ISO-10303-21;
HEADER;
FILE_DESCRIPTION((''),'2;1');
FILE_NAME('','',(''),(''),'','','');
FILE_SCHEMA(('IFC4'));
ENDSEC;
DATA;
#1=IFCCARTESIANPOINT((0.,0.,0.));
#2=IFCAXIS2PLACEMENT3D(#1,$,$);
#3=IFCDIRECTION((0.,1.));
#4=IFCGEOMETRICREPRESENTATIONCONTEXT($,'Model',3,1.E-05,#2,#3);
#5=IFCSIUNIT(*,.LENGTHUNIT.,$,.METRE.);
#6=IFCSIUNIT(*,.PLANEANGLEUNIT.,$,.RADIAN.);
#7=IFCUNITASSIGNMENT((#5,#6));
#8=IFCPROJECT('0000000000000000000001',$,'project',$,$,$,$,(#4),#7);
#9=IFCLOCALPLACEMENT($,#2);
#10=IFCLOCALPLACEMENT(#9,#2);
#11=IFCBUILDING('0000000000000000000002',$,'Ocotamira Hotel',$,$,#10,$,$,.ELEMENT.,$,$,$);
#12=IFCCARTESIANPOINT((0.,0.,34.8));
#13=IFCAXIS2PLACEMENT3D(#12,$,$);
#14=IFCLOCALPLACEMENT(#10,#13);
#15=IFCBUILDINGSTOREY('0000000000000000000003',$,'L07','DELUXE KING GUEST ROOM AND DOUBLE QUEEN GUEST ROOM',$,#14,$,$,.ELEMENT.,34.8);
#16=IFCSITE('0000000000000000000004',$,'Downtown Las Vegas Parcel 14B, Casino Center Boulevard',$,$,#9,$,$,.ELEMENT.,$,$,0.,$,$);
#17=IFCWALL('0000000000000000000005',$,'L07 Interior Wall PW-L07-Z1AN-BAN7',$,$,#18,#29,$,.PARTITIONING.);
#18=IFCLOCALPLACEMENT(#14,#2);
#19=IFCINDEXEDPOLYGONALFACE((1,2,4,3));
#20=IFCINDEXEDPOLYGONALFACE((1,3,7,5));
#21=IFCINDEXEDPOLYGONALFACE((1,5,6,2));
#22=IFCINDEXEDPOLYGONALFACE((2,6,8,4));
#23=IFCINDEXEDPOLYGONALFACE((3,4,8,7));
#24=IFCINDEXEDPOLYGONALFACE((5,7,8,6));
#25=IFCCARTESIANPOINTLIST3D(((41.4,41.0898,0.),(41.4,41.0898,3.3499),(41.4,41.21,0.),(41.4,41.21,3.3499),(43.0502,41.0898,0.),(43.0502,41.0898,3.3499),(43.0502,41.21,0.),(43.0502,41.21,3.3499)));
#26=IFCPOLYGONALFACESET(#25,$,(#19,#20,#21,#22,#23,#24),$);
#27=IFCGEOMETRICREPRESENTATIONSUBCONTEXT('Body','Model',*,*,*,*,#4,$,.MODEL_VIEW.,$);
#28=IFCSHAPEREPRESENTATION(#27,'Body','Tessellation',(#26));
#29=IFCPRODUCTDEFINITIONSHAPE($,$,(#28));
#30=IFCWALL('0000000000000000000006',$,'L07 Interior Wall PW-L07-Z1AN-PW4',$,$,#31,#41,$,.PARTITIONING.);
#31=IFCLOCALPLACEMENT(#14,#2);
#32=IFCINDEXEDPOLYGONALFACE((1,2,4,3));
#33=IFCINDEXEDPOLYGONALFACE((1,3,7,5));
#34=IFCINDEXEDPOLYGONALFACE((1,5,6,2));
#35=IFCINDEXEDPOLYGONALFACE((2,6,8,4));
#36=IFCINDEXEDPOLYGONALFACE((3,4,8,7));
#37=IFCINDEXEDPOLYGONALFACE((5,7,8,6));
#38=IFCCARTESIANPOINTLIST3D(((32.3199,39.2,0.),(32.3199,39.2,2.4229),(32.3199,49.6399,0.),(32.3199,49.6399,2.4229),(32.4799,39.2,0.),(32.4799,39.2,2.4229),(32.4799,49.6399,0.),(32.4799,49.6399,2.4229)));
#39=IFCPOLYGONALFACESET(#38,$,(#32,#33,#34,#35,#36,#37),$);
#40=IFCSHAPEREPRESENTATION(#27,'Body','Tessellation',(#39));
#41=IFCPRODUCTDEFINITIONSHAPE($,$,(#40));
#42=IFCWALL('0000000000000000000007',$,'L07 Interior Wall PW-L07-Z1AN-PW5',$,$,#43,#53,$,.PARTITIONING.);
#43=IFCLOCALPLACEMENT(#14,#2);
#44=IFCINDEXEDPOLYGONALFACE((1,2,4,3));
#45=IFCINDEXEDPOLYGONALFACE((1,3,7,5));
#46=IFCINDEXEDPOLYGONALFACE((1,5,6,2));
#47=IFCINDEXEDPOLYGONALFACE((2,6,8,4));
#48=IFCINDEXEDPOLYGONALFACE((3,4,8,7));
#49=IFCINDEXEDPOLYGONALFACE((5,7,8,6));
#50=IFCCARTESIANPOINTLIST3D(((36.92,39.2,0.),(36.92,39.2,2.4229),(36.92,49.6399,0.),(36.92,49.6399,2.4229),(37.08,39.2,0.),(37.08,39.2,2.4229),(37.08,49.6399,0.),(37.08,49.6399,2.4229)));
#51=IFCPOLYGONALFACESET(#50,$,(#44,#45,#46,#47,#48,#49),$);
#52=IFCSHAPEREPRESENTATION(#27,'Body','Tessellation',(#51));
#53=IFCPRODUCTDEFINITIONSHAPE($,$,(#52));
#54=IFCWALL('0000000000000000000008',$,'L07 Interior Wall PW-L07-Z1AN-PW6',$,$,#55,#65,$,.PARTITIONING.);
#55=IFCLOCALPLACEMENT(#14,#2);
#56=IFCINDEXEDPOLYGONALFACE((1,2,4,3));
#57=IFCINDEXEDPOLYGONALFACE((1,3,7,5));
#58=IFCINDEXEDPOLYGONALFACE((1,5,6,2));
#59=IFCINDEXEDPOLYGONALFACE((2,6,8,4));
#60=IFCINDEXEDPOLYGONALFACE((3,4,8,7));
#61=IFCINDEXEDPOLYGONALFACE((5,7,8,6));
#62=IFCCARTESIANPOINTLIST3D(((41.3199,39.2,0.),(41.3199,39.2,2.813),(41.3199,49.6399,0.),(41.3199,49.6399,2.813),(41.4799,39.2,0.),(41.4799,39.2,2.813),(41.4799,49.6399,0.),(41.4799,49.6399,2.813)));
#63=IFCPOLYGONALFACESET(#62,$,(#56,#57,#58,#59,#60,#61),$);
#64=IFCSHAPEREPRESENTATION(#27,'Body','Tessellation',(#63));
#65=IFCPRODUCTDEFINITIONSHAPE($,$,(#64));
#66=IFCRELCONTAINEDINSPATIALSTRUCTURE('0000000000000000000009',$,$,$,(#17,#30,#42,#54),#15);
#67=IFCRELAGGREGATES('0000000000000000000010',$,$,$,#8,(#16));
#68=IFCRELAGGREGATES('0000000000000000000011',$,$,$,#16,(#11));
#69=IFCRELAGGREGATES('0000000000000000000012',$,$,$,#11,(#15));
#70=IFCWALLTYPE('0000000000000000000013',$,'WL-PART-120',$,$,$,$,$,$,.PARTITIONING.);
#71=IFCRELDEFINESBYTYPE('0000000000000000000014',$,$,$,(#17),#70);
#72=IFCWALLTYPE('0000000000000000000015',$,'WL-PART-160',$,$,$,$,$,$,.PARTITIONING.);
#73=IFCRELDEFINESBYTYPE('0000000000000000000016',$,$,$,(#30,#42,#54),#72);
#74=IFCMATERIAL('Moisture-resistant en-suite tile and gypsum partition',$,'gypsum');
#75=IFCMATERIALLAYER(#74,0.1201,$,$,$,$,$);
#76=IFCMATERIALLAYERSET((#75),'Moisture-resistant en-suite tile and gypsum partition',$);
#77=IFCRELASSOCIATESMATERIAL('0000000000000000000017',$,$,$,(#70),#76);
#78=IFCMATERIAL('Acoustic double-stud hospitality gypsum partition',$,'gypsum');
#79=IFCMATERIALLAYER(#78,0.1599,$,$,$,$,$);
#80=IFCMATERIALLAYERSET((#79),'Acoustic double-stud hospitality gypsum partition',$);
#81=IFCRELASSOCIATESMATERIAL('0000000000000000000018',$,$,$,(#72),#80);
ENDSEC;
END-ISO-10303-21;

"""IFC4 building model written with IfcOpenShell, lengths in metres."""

from ifc_helpers import new_model, si_unit, direction, frame, frame_2d, origin, place, context, subcontext, project, spatial, rectangle, extrude, material, layer, layer_set, type_object, element, save


model = new_model("IFC4")

# Units and contexts
model_context = context("Model", 3, precision=1e-05, world=origin(), true_north=direction((0.0, 1.0)))
body_context = subcontext(model_context, "Body", "Model", "MODEL_VIEW")
ifc_project = project(units=[si_unit("LENGTHUNIT", "METRE"), si_unit("PLANEANGLEUNIT", "RADIAN")], contexts=[model_context])

# Site, building, storey
site_placement = place(None, origin())
site = spatial("IfcSite", under=ifc_project, at=site_placement, Name="Downtown Las Vegas Parcel 14B, Casino Center Boulevard", CompositionType="ELEMENT", RefElevation=0.0)
building_placement = place(site_placement, origin())
building = spatial("IfcBuilding", under=site, at=building_placement, Name="Ocotamira Hotel", CompositionType="ELEMENT")
storey_placement = place(building_placement, frame((0.0, 0.0, 34.8)))
storey = spatial("IfcBuildingStorey", under=building, at=storey_placement, Name="L07", Description="DELUXE KING GUEST ROOM AND DOUBLE QUEEN GUEST ROOM", CompositionType="ELEMENT", Elevation=34.8)

# Shared definitions
ifc_material_1 = material(Name="Moisture-resistant en-suite tile and gypsum partition", Category="gypsum")
ifc_layer_1 = layer(ifc_material_1, 0.1201)
ifc_layer_set_1 = layer_set([ifc_layer_1], Name="Moisture-resistant en-suite tile and gypsum partition")
wall_type_1 = type_object("IfcWallType", Name="WL-PART-120", PredefinedType="PARTITIONING", material=ifc_layer_set_1)

# Walls
wall_1_placement = place(storey_placement, frame((41.3999, 41.1499, 0.0), z_axis=(0.0, 0.0, 1.0), x_axis=(1.0, 0.0, 0.0)))
element("IfcWall", 1, at=wall_1_placement, inside=storey, type_object=wall_type_1, Name="L07 Interior Wall PW-L07-Z1AN-BAN7", PredefinedType="PARTITIONING", context=body_context, shape_type="SweptSolid", body=[
    extrude(rectangle(XDim=1.6501, YDim=0.1201, at=frame_2d((0.8252, 0.0))), origin(), (0.0, 0.0, 1.0), 3.3499),
])
ifc_material_2 = material(Name="Acoustic double-stud hospitality gypsum partition", Category="gypsum")
ifc_layer_2 = layer(ifc_material_2, 0.1599)
ifc_layer_set_2 = layer_set([ifc_layer_2], Name="Acoustic double-stud hospitality gypsum partition")
wall_type_2 = type_object("IfcWallType", Name="WL-PART-160", PredefinedType="PARTITIONING", material=ifc_layer_set_2)
for number, where, z_axis, x_axis, name in (
    (2, (32.3999, 39.2, 0.0), (0.0, 0.0, 1.0), (0.0, 1.0, 0.0), "L07 Interior Wall PW-L07-Z1AN-PW4"),
    (3, (37.0, 39.2, 0.0), (0.0, 0.0, 1.0), (0.0, 1.0, 0.0), "L07 Interior Wall PW-L07-Z1AN-PW5"),
):
    element("IfcWall", number, at=place(storey_placement, frame(where, z_axis=z_axis, x_axis=x_axis)), inside=storey, type_object=wall_type_2, Name=name, PredefinedType="PARTITIONING", context=body_context, shape_type="SweptSolid", body=[
        extrude(rectangle(XDim=10.4399, YDim=0.1599, at=frame_2d((5.22, 0.0))), origin(), (0.0, 0.0, 1.0), 2.4229),
    ])
wall_2_placement = place(storey_placement, frame((41.3999, 39.2, 0.0), z_axis=(0.0, 0.0, 1.0), x_axis=(0.0, 1.0, 0.0)))
element("IfcWall", 4, at=wall_2_placement, inside=storey, type_object=wall_type_2, Name="L07 Interior Wall PW-L07-Z1AN-PW6", PredefinedType="PARTITIONING", context=body_context, shape_type="SweptSolid", body=[
    extrude(rectangle(XDim=10.4399, YDim=0.1599, at=frame_2d((5.22, 0.0))), origin(), (0.0, 0.0, 1.0), 2.813),
])

save(model, "model.ifc")
